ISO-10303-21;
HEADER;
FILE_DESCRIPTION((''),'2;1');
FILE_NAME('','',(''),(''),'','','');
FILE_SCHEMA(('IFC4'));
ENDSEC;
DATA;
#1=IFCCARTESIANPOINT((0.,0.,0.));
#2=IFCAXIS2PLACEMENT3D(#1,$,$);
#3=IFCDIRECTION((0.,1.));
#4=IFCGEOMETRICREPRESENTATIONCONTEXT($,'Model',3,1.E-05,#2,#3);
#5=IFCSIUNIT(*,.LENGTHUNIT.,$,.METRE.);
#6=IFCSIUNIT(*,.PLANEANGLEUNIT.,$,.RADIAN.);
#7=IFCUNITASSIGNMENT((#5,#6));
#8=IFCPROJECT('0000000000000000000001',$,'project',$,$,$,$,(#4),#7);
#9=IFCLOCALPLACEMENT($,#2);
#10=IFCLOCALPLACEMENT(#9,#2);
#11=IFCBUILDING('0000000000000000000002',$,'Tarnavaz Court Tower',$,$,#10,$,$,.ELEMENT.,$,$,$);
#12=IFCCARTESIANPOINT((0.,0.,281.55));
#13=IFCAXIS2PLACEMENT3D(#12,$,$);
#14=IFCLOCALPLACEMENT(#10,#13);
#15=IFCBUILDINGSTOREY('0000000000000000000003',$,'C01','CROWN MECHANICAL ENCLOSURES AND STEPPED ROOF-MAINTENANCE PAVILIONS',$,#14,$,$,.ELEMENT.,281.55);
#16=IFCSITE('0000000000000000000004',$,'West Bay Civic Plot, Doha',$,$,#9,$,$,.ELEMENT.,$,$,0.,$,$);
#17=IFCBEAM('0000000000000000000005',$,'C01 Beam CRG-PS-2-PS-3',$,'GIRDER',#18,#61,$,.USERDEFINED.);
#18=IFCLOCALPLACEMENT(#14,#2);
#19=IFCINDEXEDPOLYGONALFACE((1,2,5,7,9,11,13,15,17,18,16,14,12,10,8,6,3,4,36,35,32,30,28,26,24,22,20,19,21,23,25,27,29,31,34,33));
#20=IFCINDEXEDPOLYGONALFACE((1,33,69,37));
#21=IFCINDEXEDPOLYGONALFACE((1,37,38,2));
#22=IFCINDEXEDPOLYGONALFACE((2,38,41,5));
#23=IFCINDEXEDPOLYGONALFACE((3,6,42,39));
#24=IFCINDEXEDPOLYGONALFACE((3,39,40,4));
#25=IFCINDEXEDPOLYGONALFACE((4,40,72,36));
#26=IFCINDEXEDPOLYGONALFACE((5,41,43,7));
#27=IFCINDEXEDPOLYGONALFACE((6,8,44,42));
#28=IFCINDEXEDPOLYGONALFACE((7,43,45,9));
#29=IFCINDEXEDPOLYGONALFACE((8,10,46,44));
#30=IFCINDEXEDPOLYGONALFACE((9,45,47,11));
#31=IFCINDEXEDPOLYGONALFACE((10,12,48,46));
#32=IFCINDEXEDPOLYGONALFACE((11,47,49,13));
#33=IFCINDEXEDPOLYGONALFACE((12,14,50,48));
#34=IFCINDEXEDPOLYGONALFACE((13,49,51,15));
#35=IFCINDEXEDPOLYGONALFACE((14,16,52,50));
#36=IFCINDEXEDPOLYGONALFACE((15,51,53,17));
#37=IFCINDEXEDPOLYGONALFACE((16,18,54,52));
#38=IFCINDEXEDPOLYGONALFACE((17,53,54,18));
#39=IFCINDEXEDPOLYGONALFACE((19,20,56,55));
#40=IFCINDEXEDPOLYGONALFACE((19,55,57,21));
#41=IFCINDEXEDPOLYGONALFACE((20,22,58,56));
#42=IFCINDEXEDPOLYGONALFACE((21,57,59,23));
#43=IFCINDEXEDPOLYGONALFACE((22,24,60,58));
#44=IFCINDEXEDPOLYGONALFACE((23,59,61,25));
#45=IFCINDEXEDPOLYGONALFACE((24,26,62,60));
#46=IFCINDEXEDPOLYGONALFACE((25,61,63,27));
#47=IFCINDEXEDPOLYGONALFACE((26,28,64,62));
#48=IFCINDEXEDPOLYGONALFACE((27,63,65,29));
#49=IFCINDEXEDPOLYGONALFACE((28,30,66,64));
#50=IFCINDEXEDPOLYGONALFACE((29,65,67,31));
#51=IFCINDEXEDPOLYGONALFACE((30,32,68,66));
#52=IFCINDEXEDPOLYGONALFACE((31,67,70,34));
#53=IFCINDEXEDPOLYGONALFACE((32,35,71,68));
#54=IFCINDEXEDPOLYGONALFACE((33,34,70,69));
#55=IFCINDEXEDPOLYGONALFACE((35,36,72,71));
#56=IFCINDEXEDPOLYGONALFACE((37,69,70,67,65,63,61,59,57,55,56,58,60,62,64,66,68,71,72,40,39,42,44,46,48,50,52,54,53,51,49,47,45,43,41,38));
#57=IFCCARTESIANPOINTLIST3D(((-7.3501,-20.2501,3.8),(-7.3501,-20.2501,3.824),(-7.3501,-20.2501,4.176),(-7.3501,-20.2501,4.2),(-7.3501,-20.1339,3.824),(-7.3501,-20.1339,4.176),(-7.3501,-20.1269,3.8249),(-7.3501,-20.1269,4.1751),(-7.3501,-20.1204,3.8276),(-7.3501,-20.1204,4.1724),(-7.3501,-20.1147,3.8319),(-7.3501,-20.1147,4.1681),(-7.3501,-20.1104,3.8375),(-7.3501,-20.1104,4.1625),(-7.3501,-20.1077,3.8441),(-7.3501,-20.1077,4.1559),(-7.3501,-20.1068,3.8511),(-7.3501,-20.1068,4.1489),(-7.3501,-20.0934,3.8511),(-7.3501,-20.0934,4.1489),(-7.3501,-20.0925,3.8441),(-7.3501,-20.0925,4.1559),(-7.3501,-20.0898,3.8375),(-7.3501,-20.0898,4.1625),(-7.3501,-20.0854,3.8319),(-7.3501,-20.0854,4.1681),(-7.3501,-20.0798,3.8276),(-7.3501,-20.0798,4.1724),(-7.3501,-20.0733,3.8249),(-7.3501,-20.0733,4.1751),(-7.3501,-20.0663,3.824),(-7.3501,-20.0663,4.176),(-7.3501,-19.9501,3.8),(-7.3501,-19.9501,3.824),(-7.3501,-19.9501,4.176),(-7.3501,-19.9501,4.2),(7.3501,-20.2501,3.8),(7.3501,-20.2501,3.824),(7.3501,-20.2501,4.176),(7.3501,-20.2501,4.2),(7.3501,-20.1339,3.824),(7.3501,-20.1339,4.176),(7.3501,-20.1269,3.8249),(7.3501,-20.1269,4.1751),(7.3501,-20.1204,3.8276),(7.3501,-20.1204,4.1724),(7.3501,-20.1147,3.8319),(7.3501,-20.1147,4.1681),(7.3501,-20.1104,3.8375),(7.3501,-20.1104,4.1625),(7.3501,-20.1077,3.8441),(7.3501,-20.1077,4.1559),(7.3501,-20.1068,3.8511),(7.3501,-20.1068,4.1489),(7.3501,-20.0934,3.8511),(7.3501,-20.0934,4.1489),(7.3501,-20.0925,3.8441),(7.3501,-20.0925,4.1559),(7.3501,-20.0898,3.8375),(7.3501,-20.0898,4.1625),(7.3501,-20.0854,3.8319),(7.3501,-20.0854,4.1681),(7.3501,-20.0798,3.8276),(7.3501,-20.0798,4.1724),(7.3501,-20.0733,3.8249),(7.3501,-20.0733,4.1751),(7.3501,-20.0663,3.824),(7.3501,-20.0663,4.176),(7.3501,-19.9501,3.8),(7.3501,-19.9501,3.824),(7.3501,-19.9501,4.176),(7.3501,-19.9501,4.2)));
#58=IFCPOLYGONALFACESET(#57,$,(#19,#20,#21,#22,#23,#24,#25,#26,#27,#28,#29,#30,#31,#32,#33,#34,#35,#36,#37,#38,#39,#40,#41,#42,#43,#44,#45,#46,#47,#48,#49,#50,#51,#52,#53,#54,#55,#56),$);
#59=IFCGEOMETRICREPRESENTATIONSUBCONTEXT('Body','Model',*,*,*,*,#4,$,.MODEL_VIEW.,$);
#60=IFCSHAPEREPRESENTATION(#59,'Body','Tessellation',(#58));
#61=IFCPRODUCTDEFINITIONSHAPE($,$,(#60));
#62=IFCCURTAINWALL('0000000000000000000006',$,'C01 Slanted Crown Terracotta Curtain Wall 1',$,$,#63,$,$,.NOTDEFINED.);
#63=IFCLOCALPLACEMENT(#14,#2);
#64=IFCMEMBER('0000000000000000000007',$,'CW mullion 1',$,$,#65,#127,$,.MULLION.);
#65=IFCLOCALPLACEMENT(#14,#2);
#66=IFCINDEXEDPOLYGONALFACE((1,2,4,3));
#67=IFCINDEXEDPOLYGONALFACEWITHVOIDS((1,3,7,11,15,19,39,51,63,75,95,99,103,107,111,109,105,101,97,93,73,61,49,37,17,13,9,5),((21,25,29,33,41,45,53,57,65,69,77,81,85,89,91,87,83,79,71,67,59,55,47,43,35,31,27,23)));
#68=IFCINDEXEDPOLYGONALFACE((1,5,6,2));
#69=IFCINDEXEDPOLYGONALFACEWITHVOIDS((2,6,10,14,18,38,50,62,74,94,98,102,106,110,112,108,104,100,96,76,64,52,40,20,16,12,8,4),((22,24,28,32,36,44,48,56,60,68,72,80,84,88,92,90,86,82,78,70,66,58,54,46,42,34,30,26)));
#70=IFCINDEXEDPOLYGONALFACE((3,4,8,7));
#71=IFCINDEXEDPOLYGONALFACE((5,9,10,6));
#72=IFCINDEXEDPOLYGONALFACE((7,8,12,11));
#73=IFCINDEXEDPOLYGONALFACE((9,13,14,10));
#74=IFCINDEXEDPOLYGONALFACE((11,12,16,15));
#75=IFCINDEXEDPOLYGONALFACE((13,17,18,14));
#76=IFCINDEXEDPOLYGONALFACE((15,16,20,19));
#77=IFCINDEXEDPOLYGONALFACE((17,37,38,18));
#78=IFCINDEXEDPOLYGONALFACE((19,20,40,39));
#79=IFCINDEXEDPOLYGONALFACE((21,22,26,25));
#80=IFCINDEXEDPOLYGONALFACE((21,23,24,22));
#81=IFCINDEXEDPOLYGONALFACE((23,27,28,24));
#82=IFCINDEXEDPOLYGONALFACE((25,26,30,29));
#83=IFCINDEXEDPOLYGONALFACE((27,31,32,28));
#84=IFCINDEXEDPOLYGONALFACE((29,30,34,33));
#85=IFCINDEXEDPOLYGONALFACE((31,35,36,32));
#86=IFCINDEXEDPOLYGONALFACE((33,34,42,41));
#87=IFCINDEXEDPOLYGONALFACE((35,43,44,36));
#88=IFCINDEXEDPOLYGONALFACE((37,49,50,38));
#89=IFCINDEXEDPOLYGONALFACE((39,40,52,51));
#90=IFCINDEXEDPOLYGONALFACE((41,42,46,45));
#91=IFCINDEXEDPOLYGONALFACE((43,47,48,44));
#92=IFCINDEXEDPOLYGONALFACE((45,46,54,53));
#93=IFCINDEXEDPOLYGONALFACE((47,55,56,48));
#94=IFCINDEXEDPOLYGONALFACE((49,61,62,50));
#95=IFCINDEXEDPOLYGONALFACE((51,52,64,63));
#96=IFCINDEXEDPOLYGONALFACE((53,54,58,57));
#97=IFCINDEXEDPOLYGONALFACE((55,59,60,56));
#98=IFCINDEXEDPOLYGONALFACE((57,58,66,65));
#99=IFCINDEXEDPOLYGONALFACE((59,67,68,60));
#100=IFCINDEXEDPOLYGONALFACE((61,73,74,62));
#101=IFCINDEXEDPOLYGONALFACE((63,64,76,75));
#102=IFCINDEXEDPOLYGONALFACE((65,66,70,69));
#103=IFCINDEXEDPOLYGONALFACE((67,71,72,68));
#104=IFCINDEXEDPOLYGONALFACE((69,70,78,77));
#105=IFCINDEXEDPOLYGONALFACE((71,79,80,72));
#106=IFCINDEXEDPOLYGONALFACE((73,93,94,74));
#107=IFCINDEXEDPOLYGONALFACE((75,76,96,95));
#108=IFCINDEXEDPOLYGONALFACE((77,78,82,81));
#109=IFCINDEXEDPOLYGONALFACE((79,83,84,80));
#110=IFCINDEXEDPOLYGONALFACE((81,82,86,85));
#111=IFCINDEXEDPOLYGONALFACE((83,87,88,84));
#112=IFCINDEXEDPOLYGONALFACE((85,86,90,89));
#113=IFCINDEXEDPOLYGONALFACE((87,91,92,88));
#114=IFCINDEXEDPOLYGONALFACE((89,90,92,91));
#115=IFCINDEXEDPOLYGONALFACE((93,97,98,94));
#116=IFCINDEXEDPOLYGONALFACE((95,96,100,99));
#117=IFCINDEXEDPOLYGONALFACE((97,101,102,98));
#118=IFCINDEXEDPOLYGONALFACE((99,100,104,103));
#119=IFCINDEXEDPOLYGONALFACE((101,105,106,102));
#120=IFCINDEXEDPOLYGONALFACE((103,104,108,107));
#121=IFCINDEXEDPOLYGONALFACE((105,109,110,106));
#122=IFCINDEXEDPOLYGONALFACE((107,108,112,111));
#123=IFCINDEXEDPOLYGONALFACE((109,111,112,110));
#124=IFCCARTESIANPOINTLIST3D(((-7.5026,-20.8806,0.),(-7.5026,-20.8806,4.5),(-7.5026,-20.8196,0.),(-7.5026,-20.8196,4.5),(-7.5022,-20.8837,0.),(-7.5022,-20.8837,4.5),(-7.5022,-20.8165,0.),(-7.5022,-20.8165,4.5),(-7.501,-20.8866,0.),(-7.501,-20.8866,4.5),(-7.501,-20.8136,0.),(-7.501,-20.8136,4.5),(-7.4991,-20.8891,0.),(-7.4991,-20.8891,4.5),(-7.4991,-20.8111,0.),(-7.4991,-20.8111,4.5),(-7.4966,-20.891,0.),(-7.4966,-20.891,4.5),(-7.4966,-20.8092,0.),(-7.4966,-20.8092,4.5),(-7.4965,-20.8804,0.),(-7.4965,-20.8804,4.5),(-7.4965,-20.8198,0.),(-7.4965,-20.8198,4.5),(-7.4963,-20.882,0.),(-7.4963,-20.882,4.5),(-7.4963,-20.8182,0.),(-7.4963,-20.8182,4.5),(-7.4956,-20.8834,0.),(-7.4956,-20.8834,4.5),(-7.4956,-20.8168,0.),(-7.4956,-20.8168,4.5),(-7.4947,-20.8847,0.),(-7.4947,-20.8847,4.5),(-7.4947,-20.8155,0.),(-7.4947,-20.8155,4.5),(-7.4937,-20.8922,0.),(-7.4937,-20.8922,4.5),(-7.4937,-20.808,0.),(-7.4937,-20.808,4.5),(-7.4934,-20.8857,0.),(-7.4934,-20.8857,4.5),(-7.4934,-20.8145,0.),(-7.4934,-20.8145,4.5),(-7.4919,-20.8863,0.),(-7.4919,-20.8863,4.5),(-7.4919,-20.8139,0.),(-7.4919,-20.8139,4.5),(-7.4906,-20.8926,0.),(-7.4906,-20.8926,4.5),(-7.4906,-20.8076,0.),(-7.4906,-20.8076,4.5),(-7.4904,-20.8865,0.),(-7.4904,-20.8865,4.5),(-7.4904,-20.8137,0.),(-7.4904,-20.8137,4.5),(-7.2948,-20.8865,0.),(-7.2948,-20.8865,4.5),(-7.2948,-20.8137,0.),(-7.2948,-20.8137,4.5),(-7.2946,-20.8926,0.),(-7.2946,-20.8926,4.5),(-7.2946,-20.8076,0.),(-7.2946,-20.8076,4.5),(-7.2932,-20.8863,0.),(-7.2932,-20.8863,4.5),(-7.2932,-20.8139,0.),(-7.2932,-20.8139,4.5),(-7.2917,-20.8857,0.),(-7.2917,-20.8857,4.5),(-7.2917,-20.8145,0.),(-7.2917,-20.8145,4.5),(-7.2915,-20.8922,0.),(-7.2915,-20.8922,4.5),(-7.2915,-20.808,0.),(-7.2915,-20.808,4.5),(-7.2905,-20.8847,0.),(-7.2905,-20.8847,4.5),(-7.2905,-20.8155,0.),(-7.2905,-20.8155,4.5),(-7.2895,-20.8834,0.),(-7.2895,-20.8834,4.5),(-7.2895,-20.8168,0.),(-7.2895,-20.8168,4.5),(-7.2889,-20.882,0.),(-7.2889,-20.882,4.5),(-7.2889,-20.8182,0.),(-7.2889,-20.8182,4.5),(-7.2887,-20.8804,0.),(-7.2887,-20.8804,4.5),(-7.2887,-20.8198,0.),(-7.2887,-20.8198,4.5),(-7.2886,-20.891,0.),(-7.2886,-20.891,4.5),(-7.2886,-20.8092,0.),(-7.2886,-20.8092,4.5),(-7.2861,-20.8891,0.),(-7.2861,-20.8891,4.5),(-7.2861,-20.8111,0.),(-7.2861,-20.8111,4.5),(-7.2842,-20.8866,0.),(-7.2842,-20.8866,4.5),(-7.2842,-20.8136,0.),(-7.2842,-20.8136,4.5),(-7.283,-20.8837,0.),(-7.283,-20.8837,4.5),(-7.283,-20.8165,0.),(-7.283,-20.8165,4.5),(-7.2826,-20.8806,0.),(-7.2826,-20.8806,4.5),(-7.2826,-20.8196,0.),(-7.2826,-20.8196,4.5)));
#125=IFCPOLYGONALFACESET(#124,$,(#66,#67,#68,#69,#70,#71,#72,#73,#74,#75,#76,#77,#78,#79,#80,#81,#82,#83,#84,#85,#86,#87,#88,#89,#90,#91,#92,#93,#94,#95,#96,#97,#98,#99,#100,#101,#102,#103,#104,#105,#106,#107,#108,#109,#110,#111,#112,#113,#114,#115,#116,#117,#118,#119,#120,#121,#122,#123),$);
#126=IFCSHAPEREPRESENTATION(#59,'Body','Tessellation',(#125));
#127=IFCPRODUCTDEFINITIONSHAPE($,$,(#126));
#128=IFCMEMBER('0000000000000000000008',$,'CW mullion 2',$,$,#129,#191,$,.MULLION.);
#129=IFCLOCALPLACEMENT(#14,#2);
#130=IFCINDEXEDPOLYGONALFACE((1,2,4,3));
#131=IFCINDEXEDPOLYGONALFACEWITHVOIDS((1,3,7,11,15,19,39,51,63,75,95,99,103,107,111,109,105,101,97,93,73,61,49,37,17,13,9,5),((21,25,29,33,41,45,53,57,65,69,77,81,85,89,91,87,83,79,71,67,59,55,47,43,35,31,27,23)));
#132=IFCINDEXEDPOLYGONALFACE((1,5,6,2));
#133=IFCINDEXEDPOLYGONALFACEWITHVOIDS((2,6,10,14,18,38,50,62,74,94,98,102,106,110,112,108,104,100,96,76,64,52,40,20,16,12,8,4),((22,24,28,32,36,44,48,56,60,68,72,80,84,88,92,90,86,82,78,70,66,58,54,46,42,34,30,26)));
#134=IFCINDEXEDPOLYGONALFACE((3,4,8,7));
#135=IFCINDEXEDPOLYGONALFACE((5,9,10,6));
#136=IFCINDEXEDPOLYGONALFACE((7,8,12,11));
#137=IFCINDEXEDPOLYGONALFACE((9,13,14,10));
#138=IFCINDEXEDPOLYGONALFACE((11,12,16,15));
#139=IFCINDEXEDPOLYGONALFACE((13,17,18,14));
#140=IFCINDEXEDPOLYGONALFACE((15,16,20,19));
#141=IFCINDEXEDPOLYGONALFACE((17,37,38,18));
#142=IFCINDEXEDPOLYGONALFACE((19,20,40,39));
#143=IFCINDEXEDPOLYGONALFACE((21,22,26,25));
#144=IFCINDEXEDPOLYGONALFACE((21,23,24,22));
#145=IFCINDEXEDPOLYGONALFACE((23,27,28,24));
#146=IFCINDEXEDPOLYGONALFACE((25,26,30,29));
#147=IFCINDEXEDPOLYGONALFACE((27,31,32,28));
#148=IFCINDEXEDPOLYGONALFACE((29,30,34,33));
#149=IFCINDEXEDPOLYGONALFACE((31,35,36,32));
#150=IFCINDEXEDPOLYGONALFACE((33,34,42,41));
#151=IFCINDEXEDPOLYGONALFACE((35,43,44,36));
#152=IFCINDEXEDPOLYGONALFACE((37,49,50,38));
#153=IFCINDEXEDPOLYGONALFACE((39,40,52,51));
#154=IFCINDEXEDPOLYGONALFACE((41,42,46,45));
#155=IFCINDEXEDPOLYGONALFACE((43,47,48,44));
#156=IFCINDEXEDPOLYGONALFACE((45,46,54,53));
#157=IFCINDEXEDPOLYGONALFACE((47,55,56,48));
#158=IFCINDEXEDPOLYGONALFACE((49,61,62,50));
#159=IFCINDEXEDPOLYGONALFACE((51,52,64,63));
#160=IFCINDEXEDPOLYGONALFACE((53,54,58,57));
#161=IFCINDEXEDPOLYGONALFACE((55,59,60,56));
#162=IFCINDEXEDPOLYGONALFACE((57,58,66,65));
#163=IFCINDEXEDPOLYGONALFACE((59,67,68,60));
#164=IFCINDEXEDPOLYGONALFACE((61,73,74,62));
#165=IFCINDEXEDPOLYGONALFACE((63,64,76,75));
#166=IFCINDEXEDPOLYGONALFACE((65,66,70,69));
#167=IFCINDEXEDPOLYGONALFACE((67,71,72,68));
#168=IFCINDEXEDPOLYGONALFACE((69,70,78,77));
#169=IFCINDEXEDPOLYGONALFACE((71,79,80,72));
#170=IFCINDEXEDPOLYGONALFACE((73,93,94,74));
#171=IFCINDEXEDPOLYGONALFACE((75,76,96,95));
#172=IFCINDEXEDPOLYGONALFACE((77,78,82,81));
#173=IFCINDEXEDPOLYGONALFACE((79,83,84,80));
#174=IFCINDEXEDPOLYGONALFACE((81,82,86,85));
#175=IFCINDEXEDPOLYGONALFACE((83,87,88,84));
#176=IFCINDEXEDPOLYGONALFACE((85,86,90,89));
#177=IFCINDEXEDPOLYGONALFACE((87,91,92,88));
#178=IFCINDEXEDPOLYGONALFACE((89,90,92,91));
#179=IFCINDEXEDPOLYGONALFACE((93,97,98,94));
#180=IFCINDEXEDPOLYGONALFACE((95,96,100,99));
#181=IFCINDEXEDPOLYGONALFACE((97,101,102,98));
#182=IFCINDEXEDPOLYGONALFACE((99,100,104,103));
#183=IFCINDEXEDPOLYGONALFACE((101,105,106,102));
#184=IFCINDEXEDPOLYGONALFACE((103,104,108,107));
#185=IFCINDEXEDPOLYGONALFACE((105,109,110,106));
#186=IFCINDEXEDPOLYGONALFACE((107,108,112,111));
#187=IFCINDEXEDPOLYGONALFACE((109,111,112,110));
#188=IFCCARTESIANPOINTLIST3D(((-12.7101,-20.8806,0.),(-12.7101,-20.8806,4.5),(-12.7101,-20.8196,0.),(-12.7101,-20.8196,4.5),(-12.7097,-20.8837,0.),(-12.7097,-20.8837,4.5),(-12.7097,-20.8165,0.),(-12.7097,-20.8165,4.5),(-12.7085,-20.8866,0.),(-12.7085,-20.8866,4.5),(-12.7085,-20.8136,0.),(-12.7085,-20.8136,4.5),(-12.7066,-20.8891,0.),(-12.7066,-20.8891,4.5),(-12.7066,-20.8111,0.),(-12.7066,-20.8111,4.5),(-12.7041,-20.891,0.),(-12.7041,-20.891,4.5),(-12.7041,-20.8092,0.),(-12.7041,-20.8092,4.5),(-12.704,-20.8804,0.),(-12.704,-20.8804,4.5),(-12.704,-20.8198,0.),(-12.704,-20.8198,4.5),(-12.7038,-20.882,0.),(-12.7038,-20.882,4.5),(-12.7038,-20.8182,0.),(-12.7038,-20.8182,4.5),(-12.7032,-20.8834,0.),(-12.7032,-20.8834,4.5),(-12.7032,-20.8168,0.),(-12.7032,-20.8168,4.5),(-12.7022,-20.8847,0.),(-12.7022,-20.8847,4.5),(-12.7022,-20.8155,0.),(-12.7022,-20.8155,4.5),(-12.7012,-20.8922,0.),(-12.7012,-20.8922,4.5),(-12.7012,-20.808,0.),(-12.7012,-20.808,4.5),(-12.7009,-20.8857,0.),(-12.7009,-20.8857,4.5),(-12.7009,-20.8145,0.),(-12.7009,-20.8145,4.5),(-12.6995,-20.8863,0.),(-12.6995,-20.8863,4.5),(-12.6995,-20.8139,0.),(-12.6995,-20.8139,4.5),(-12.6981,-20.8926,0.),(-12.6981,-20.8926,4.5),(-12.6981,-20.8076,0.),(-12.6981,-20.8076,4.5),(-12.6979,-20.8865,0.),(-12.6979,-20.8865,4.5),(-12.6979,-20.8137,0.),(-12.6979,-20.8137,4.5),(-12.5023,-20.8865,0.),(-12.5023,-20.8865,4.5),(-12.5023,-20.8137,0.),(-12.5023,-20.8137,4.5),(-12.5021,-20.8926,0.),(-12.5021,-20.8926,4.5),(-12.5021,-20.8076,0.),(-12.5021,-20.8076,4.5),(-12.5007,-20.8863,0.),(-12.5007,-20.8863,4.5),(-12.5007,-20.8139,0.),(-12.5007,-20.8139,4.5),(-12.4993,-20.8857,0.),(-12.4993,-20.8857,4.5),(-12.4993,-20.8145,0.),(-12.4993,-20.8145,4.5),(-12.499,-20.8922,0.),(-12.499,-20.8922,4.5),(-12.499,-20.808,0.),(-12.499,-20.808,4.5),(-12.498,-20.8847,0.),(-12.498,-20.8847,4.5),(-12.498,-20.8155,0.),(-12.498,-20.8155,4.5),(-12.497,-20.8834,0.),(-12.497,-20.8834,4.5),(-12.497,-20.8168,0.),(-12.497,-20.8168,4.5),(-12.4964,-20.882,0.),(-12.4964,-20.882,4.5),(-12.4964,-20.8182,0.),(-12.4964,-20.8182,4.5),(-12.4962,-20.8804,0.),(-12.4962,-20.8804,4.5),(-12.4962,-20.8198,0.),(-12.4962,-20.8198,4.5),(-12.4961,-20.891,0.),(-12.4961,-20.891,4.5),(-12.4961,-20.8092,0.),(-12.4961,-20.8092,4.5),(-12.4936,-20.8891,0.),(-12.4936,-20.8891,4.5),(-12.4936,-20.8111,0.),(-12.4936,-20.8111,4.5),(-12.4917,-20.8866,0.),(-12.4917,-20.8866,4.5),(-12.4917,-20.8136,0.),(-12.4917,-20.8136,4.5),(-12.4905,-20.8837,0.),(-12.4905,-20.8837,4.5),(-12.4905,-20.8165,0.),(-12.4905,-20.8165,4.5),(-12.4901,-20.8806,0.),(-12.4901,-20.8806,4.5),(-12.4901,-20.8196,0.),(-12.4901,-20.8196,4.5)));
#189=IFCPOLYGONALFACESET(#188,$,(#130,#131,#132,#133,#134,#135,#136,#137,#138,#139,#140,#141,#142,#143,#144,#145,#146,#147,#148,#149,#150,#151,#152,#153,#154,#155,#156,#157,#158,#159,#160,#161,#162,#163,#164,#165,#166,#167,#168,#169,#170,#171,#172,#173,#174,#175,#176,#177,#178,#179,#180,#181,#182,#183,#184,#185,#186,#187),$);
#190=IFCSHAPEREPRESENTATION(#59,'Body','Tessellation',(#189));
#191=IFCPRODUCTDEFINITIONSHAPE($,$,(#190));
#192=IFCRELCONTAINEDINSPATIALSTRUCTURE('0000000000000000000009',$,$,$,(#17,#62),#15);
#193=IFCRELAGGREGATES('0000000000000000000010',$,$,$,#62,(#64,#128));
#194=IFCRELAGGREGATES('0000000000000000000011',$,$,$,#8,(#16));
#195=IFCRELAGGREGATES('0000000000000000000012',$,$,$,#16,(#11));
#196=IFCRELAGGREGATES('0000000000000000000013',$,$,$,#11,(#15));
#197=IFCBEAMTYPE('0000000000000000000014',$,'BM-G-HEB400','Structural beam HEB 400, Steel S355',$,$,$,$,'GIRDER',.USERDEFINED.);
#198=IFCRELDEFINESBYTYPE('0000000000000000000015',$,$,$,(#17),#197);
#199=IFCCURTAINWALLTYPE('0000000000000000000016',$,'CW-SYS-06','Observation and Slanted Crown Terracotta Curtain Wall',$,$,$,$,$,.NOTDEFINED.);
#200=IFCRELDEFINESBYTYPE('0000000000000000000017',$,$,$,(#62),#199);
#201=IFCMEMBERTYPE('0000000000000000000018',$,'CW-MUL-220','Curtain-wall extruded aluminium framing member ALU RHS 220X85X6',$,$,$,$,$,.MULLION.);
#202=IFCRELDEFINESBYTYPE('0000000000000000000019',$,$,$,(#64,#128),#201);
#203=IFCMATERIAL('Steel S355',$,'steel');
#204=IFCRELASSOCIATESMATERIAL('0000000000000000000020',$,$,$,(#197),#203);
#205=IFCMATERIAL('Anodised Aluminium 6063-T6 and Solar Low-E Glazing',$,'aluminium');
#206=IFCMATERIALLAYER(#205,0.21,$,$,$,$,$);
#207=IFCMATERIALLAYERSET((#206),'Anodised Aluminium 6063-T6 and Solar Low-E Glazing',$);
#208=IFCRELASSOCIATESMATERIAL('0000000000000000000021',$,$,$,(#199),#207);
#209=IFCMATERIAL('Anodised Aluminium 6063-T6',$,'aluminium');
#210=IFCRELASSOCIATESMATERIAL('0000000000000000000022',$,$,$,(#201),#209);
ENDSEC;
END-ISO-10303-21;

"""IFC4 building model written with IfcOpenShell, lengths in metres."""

from ifc_helpers import new_model, si_unit, direction, frame, origin, origin_2d, place, context, subcontext, project, spatial, hollow_rectangle, i_section, extrude, material, layer, layer_set, material_profile, profile_set, type_object, element, aggregate, save


model = new_model("IFC4")

# Units and contexts
model_context = context("Model", 3, precision=1e-05, world=origin(), true_north=direction((0.0, 1.0)))
body_context = subcontext(model_context, "Body", "Model", "MODEL_VIEW")
ifc_project = project(units=[si_unit("LENGTHUNIT", "METRE"), si_unit("PLANEANGLEUNIT", "RADIAN")], contexts=[model_context])

# Site, building, storey
site_placement = place(None, origin())
site = spatial("IfcSite", under=ifc_project, at=site_placement, Name="West Bay Civic Plot, Doha", CompositionType="ELEMENT", RefElevation=0.0)
building_placement = place(site_placement, origin())
building = spatial("IfcBuilding", under=site, at=building_placement, Name="Tarnavaz Court Tower", CompositionType="ELEMENT")
storey_placement = place(building_placement, frame((0.0, 0.0, 281.55)))
storey = spatial("IfcBuildingStorey", under=building, at=storey_placement, Name="C01", Description="CROWN MECHANICAL ENCLOSURES AND STEPPED ROOF-MAINTENANCE PAVILIONS", CompositionType="ELEMENT", Elevation=281.55)

# Shared definitions
ifc_material_1 = material(Name="Steel S355", Category="steel")

# Beam
ifc_material_profile_1 = material_profile(ifc_material_1, i_section(OverallWidth=0.3, OverallDepth=0.3999, WebThickness=0.0134, FlangeThickness=0.0239, FilletRadius=0.0271, at=origin_2d()), Name="HEB 400")
ifc_profile_set_1 = profile_set([ifc_material_profile_1], Name="Steel S355")
beam_type = type_object("IfcBeamType", Name="BM-G-HEB400", Description="Structural beam HEB 400, Steel S355", ElementType="GIRDER", PredefinedType="USERDEFINED", material=ifc_profile_set_1)
beam_1_placement = place(storey_placement, frame((-7.3501, -20.1001, 4.0), z_axis=(1.0, 0.0, 0.0), x_axis=(0.0, 1.0, 0.0)))
element("IfcBeam", 1, at=beam_1_placement, inside=storey, type_object=beam_type, Name="C01 Beam CRG-PS-2-PS-3", ObjectType="GIRDER", PredefinedType="USERDEFINED", context=body_context, shape_type="SweptSolid", body=[
    extrude(i_section(OverallWidth=0.3, OverallDepth=0.3999, WebThickness=0.0134, FlangeThickness=0.0239, FilletRadius=0.0271, at=origin_2d()), origin(), (0.0, 0.0, 1.0), 14.7002),
])

# Curtain wall, members
ifc_material_2 = material(Name="Anodised Aluminium 6063-T6 and Solar Low-E Glazing", Category="aluminium")
ifc_layer_1 = layer(ifc_material_2, 0.21)
ifc_layer_set_1 = layer_set([ifc_layer_1], Name="Anodised Aluminium 6063-T6 and Solar Low-E Glazing")
curtain_wall_type = type_object("IfcCurtainWallType", Name="CW-SYS-06", Description="Observation and Slanted Crown Terracotta Curtain Wall", PredefinedType="NOTDEFINED", material=ifc_layer_set_1)
curtain_wall_1_placement = place(storey_placement, origin())
curtain_wall_1 = element("IfcCurtainWall", 2, at=curtain_wall_1_placement, inside=storey, type_object=curtain_wall_type, Name="C01 Slanted Crown Terracotta Curtain Wall 1", PredefinedType="NOTDEFINED")
ifc_material_3 = material(Name="Anodised Aluminium 6063-T6", Category="aluminium")
ifc_material_profile_2 = material_profile(ifc_material_3, hollow_rectangle(XDim=0.085, YDim=0.22, WallThickness=0.0061, InnerFilletRadius=0.0061, OuterFilletRadius=0.012, at=origin_2d()), Name="ALU RHS 220X85X6")
ifc_profile_set_2 = profile_set([ifc_material_profile_2], Name="Anodised Aluminium 6063-T6")
member_type_1 = type_object("IfcMemberType", Name="CW-MUL-220", Description="Curtain-wall extruded aluminium framing member ALU RHS 220X85X6", PredefinedType="MULLION", material=ifc_profile_set_2)
member_1_placement = place(storey_placement, frame((-7.3926, -20.8501, 0.0), z_axis=(0.0, 0.0, 1.0), x_axis=(0.0, -1.0, 0.0)))
member_1 = element("IfcMember", 3, at=member_1_placement, type_object=member_type_1, Name="CW mullion 1", PredefinedType="MULLION", context=body_context, shape_type="SweptSolid", body=[
    extrude(hollow_rectangle(XDim=0.085, YDim=0.22, WallThickness=0.0061, InnerFilletRadius=0.0061, OuterFilletRadius=0.012, at=origin_2d()), origin(), (0.0, 0.0, 1.0), 4.5),
])
member_2_placement = place(storey_placement, frame((-12.6001, -20.8501, 0.0), z_axis=(0.0, 0.0, 1.0), x_axis=(0.0, -1.0, 0.0)))
member_2 = element("IfcMember", 4, at=member_2_placement, type_object=member_type_1, Name="CW mullion 2", PredefinedType="MULLION", context=body_context, shape_type="SweptSolid", body=[
    extrude(hollow_rectangle(XDim=0.085, YDim=0.22, WallThickness=0.0061, InnerFilletRadius=0.0061, OuterFilletRadius=0.012, at=origin_2d()), origin(), (0.0, 0.0, 1.0), 4.5),
])

aggregate(curtain_wall_1, [member_1, member_2])

save(model, "model.ifc")
